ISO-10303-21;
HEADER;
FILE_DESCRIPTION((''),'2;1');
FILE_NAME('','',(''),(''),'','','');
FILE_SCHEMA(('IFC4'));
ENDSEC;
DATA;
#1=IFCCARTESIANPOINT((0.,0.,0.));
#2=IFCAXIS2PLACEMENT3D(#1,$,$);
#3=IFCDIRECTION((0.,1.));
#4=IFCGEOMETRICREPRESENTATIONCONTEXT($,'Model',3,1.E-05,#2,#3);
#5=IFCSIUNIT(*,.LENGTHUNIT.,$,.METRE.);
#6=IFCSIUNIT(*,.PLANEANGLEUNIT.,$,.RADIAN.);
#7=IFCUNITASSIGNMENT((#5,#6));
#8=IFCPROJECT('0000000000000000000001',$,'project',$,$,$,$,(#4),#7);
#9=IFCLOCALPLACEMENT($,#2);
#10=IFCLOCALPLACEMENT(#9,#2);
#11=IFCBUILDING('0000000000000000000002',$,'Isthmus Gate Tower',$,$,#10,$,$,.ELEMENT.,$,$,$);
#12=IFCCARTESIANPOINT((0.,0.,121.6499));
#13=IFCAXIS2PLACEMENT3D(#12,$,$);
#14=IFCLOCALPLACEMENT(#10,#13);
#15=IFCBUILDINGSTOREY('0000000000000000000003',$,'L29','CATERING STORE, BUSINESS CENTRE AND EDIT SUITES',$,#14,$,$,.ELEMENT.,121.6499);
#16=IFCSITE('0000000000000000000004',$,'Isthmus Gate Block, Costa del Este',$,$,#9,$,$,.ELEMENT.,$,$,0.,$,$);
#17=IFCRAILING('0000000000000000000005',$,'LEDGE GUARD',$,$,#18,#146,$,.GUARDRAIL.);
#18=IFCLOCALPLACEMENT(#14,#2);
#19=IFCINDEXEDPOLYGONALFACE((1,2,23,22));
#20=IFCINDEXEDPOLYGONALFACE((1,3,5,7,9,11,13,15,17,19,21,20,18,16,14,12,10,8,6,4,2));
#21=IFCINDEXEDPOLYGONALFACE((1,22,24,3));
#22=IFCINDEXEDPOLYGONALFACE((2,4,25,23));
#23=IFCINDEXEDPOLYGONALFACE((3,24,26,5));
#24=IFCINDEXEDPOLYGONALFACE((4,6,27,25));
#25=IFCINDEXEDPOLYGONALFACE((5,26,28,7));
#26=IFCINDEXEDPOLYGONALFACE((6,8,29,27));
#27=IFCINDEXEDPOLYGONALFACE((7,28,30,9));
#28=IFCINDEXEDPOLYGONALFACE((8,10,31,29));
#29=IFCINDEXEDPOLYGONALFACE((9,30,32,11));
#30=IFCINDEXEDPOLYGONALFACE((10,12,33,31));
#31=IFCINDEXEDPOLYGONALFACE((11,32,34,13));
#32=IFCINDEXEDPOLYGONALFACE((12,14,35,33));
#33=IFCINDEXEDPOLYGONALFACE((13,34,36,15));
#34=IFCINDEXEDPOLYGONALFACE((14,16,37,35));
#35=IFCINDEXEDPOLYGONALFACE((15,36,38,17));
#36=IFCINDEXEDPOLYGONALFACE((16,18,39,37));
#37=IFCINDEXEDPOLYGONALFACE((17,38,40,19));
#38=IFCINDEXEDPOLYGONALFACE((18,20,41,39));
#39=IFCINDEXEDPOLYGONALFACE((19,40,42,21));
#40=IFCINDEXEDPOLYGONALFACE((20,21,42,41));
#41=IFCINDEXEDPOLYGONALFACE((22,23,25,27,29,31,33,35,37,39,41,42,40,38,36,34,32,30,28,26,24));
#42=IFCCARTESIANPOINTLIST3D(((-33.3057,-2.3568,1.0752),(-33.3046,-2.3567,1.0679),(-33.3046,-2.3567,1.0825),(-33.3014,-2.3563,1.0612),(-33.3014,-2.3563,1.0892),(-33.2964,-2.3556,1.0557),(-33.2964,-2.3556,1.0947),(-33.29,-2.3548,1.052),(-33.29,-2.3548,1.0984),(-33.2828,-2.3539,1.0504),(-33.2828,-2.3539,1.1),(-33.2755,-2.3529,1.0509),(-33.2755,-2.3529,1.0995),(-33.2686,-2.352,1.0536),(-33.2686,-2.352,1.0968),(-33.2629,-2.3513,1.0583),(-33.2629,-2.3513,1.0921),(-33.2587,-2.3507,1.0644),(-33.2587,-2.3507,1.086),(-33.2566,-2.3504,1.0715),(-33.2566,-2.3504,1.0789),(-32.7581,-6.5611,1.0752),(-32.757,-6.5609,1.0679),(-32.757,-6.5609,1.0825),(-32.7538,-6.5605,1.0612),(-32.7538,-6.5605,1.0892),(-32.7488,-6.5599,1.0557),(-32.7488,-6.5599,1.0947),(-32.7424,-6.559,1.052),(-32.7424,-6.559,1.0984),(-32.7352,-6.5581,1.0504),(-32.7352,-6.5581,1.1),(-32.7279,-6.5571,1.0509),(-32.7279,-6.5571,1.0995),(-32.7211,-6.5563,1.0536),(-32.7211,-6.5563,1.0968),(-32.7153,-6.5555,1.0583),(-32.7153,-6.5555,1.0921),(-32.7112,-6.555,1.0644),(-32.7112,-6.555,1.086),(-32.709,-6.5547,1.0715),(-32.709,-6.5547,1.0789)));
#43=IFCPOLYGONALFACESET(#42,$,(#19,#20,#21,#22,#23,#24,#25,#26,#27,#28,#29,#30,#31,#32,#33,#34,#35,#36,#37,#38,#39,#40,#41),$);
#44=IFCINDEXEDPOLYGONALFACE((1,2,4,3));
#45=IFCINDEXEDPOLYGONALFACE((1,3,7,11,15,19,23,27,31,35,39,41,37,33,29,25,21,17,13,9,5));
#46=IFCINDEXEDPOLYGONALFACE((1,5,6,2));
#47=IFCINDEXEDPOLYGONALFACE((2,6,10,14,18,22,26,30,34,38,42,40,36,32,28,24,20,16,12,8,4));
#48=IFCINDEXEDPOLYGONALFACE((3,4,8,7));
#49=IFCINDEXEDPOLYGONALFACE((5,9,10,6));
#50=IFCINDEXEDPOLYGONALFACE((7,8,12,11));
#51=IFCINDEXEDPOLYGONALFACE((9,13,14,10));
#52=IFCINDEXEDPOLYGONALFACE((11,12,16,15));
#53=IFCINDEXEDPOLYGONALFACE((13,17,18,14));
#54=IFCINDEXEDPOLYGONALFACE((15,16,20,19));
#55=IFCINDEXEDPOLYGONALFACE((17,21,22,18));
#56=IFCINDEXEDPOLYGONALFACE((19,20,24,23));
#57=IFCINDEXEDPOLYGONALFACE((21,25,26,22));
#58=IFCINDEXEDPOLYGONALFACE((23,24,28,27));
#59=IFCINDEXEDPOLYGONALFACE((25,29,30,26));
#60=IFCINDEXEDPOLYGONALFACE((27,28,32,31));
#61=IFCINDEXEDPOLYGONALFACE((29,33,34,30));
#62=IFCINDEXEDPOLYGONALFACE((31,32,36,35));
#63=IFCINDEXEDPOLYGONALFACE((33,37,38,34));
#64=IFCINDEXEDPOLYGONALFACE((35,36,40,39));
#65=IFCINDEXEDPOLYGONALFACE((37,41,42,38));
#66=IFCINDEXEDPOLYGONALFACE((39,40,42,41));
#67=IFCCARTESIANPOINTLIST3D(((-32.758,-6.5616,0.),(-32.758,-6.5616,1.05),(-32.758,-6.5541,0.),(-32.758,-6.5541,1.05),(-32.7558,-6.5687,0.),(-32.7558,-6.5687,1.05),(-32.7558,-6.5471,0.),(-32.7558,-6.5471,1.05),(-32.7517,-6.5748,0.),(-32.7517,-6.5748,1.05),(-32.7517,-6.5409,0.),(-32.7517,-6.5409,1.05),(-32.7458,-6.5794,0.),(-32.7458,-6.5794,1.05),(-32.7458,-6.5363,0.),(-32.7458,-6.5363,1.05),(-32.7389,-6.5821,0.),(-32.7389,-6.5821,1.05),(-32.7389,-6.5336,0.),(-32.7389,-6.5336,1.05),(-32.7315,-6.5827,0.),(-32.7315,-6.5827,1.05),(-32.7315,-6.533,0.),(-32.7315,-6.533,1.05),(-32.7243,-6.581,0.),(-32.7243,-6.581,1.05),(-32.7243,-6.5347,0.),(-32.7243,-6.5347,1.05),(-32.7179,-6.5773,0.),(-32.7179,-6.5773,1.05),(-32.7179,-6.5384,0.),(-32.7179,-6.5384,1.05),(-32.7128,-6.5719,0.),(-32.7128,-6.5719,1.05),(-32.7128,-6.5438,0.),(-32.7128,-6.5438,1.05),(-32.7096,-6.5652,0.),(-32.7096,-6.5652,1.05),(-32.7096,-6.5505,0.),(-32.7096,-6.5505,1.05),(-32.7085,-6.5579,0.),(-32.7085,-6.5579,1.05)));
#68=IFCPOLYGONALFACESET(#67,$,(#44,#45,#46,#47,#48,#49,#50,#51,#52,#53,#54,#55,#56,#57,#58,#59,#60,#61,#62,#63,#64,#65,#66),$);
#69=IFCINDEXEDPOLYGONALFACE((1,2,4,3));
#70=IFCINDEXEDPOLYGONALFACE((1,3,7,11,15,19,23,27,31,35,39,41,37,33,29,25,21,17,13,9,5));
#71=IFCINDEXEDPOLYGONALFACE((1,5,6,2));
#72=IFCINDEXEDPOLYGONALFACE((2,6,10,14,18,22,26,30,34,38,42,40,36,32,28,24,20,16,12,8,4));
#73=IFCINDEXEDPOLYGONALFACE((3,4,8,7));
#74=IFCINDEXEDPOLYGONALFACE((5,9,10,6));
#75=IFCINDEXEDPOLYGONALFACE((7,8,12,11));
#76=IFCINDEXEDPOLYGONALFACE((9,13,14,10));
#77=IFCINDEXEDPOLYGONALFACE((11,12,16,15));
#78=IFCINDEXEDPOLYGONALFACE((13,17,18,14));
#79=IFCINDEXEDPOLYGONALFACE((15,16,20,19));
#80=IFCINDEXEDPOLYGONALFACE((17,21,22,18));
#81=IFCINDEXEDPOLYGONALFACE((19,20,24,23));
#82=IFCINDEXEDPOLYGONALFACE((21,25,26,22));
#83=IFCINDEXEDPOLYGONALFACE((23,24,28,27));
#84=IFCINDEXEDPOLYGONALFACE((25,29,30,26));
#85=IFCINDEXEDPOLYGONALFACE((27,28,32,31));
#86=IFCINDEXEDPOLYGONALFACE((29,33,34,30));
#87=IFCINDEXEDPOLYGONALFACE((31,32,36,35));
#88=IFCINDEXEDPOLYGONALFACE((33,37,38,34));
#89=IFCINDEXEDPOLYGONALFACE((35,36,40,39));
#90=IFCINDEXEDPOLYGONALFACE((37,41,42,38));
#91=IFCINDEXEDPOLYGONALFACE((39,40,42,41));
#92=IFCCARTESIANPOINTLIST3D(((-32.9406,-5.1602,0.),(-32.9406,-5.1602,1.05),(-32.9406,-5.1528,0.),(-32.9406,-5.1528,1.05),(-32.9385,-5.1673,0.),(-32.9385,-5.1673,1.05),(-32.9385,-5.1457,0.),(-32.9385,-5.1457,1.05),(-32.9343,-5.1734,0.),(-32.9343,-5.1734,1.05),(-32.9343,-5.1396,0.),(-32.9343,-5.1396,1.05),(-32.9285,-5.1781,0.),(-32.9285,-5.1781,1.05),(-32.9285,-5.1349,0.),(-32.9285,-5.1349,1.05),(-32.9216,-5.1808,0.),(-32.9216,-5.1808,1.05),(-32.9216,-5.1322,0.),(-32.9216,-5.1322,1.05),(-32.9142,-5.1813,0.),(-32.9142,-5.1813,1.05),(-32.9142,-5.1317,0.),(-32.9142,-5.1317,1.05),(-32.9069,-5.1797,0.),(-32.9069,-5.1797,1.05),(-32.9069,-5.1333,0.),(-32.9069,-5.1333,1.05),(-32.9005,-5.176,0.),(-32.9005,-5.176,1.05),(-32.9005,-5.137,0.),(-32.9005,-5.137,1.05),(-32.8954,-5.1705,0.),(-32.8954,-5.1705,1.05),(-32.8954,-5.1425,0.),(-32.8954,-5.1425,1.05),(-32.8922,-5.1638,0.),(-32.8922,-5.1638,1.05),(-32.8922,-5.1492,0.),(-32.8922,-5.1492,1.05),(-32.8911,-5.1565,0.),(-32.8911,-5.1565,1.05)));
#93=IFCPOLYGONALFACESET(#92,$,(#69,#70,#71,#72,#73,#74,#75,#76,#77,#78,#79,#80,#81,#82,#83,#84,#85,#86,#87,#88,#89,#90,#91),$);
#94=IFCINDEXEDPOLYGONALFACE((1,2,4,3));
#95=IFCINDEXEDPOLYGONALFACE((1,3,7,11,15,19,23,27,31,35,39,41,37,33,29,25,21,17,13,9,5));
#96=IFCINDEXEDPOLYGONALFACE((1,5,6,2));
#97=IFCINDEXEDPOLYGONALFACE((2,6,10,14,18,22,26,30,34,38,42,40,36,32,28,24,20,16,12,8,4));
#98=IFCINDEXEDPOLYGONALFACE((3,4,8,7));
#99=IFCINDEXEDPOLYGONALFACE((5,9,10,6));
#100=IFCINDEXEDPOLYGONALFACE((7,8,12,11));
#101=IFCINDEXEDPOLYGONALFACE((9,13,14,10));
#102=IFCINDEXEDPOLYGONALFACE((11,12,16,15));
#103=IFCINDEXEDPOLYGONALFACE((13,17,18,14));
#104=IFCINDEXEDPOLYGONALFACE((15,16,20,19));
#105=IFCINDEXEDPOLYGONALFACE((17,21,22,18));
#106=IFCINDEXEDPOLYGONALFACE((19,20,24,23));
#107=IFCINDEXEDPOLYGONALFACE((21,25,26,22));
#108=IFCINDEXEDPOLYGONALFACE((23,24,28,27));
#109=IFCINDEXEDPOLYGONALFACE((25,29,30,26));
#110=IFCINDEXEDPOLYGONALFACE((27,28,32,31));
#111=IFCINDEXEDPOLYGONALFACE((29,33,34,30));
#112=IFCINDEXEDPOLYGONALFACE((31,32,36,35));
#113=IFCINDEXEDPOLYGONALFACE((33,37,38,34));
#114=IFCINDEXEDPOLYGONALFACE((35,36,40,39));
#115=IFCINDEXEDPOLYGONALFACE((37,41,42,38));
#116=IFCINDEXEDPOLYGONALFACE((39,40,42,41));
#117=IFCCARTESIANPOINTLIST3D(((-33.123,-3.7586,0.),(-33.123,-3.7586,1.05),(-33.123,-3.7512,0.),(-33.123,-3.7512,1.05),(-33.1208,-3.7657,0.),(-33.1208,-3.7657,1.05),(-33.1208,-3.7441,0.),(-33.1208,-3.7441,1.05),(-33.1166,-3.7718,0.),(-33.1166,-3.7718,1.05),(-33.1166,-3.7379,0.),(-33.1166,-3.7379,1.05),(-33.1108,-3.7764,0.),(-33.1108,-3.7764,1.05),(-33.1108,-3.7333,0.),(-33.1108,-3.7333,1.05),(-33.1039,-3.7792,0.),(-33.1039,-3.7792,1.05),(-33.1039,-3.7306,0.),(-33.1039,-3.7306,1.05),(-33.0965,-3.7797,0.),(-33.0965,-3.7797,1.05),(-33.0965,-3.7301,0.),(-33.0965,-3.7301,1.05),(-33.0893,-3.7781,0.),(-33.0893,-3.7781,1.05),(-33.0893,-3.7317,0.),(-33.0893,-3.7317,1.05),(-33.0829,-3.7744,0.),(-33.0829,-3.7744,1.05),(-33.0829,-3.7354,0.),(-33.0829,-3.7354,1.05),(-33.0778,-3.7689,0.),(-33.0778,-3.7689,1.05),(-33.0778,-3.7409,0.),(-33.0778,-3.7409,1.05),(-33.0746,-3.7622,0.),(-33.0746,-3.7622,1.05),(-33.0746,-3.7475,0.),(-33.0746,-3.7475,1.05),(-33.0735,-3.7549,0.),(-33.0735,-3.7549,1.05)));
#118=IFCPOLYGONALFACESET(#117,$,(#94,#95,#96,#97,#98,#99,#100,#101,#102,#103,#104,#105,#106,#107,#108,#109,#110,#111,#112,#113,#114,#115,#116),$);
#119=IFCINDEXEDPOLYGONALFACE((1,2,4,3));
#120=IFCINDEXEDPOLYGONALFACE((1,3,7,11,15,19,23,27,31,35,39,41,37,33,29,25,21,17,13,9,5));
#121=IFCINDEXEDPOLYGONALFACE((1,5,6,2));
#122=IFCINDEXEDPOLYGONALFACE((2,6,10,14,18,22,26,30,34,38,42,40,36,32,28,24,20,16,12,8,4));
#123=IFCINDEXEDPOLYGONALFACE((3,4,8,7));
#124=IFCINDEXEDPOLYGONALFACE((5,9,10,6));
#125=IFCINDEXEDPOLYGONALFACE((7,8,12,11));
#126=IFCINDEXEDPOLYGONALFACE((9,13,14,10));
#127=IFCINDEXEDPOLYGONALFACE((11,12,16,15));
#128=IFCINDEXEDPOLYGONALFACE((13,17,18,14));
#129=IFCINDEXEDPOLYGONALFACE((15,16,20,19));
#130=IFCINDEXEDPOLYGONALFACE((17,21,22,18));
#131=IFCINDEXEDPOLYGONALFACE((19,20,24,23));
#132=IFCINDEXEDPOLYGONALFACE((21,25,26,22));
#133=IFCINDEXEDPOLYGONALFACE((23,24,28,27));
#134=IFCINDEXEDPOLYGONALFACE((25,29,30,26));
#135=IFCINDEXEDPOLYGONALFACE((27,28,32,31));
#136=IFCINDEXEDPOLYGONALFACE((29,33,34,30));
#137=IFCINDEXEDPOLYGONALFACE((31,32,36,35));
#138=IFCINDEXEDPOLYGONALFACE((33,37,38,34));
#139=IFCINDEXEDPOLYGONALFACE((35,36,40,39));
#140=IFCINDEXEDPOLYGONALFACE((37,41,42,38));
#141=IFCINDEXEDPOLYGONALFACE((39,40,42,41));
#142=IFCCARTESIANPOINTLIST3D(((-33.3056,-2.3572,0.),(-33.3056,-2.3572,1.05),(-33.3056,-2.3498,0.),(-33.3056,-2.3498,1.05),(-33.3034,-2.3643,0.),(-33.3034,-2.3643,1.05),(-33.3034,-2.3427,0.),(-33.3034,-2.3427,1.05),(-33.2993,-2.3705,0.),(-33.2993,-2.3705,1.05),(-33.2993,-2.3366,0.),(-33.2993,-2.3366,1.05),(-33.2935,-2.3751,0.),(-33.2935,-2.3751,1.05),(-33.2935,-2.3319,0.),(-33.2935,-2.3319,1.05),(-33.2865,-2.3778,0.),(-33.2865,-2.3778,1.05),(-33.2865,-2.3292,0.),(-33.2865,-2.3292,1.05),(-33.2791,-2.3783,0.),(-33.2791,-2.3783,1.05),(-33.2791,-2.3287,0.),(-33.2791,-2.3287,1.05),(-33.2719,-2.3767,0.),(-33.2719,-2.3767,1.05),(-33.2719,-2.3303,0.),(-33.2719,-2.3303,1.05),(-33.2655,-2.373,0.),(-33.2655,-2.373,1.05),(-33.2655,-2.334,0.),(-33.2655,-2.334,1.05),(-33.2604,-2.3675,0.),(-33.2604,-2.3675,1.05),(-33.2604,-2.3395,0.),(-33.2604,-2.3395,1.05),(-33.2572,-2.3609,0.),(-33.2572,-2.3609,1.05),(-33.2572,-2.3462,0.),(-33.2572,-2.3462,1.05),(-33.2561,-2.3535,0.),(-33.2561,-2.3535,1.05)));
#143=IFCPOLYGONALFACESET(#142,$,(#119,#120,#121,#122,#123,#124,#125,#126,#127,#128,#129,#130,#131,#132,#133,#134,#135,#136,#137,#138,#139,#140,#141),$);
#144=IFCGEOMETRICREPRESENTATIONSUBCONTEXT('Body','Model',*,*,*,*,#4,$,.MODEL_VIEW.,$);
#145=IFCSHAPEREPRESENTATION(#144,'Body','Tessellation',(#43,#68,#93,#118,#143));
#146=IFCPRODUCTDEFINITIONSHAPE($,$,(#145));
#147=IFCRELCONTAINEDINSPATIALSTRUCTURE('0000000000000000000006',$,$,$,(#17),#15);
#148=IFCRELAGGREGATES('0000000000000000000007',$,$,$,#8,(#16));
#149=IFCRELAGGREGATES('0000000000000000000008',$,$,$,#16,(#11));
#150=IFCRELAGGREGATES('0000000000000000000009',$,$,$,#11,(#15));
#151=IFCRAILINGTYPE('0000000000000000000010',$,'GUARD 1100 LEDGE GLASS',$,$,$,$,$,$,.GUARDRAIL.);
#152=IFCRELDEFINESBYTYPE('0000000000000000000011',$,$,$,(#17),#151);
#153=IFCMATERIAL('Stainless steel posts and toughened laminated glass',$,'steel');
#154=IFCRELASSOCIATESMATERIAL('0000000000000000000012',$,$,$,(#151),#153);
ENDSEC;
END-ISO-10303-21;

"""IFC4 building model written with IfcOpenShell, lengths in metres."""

from ifc_helpers import new_model, si_unit, direction, frame, origin, origin_2d, place, context, subcontext, project, spatial, circle, extrude, material, type_object, element, save


model = new_model("IFC4")

# Units and contexts
model_context = context("Model", 3, precision=1e-05, world=origin(), true_north=direction((0.0, 1.0)))
body_context = subcontext(model_context, "Body", "Model", "MODEL_VIEW")
ifc_project = project(units=[si_unit("LENGTHUNIT", "METRE"), si_unit("PLANEANGLEUNIT", "RADIAN")], contexts=[model_context])

# Site, building, storey
site_placement = place(None, origin())
site = spatial("IfcSite", under=ifc_project, at=site_placement, Name="Isthmus Gate Block, Costa del Este", CompositionType="ELEMENT", RefElevation=0.0)
building_placement = place(site_placement, origin())
building = spatial("IfcBuilding", under=site, at=building_placement, Name="Isthmus Gate Tower", CompositionType="ELEMENT")
storey_placement = place(building_placement, frame((0.0, 0.0, 121.6499)))
storey = spatial("IfcBuildingStorey", under=building, at=storey_placement, Name="L29", Description="CATERING STORE, BUSINESS CENTRE AND EDIT SUITES", CompositionType="ELEMENT", Elevation=121.6499)

# Railing
ifc_material_1 = material(Name="Stainless steel posts and toughened laminated glass", Category="steel")
railing_type = type_object("IfcRailingType", Name="GUARD 1100 LEDGE GLASS", PredefinedType="GUARDRAIL", material=ifc_material_1)
railing_1_placement = place(storey_placement, frame((-32.7334, -6.5579, 0.0)))
element("IfcRailing", 1, at=railing_1_placement, inside=storey, type_object=railing_type, Name="LEDGE GUARD", PredefinedType="GUARDRAIL", context=body_context, shape_type="SweptSolid", body=[
    extrude(circle(Radius=0.0249, at=origin_2d()), frame((0.0, 0.0, 1.0752), z_axis=(-0.129157, 0.991624, 0.0), x_axis=(-0.991624, -0.129157, 0.0)), (0.0, 0.0, 1.0), 4.2397),
    extrude(circle(Radius=0.0249, at=origin_2d()), origin(), (0.0, 0.0, 1.0), 1.05),
    extrude(circle(Radius=0.0249, at=origin_2d()), frame((-0.1826, 1.4014, 0.0)), (0.0, 0.0, 1.0), 1.05),
    extrude(circle(Radius=0.0249, at=origin_2d()), frame((-0.365, 2.803, 0.0)), (0.0, 0.0, 1.0), 1.05),
    extrude(circle(Radius=0.0249, at=origin_2d()), frame((-0.5476, 4.2043, 0.0)), (0.0, 0.0, 1.0), 1.05),
])

save(model, "model.ifc")
